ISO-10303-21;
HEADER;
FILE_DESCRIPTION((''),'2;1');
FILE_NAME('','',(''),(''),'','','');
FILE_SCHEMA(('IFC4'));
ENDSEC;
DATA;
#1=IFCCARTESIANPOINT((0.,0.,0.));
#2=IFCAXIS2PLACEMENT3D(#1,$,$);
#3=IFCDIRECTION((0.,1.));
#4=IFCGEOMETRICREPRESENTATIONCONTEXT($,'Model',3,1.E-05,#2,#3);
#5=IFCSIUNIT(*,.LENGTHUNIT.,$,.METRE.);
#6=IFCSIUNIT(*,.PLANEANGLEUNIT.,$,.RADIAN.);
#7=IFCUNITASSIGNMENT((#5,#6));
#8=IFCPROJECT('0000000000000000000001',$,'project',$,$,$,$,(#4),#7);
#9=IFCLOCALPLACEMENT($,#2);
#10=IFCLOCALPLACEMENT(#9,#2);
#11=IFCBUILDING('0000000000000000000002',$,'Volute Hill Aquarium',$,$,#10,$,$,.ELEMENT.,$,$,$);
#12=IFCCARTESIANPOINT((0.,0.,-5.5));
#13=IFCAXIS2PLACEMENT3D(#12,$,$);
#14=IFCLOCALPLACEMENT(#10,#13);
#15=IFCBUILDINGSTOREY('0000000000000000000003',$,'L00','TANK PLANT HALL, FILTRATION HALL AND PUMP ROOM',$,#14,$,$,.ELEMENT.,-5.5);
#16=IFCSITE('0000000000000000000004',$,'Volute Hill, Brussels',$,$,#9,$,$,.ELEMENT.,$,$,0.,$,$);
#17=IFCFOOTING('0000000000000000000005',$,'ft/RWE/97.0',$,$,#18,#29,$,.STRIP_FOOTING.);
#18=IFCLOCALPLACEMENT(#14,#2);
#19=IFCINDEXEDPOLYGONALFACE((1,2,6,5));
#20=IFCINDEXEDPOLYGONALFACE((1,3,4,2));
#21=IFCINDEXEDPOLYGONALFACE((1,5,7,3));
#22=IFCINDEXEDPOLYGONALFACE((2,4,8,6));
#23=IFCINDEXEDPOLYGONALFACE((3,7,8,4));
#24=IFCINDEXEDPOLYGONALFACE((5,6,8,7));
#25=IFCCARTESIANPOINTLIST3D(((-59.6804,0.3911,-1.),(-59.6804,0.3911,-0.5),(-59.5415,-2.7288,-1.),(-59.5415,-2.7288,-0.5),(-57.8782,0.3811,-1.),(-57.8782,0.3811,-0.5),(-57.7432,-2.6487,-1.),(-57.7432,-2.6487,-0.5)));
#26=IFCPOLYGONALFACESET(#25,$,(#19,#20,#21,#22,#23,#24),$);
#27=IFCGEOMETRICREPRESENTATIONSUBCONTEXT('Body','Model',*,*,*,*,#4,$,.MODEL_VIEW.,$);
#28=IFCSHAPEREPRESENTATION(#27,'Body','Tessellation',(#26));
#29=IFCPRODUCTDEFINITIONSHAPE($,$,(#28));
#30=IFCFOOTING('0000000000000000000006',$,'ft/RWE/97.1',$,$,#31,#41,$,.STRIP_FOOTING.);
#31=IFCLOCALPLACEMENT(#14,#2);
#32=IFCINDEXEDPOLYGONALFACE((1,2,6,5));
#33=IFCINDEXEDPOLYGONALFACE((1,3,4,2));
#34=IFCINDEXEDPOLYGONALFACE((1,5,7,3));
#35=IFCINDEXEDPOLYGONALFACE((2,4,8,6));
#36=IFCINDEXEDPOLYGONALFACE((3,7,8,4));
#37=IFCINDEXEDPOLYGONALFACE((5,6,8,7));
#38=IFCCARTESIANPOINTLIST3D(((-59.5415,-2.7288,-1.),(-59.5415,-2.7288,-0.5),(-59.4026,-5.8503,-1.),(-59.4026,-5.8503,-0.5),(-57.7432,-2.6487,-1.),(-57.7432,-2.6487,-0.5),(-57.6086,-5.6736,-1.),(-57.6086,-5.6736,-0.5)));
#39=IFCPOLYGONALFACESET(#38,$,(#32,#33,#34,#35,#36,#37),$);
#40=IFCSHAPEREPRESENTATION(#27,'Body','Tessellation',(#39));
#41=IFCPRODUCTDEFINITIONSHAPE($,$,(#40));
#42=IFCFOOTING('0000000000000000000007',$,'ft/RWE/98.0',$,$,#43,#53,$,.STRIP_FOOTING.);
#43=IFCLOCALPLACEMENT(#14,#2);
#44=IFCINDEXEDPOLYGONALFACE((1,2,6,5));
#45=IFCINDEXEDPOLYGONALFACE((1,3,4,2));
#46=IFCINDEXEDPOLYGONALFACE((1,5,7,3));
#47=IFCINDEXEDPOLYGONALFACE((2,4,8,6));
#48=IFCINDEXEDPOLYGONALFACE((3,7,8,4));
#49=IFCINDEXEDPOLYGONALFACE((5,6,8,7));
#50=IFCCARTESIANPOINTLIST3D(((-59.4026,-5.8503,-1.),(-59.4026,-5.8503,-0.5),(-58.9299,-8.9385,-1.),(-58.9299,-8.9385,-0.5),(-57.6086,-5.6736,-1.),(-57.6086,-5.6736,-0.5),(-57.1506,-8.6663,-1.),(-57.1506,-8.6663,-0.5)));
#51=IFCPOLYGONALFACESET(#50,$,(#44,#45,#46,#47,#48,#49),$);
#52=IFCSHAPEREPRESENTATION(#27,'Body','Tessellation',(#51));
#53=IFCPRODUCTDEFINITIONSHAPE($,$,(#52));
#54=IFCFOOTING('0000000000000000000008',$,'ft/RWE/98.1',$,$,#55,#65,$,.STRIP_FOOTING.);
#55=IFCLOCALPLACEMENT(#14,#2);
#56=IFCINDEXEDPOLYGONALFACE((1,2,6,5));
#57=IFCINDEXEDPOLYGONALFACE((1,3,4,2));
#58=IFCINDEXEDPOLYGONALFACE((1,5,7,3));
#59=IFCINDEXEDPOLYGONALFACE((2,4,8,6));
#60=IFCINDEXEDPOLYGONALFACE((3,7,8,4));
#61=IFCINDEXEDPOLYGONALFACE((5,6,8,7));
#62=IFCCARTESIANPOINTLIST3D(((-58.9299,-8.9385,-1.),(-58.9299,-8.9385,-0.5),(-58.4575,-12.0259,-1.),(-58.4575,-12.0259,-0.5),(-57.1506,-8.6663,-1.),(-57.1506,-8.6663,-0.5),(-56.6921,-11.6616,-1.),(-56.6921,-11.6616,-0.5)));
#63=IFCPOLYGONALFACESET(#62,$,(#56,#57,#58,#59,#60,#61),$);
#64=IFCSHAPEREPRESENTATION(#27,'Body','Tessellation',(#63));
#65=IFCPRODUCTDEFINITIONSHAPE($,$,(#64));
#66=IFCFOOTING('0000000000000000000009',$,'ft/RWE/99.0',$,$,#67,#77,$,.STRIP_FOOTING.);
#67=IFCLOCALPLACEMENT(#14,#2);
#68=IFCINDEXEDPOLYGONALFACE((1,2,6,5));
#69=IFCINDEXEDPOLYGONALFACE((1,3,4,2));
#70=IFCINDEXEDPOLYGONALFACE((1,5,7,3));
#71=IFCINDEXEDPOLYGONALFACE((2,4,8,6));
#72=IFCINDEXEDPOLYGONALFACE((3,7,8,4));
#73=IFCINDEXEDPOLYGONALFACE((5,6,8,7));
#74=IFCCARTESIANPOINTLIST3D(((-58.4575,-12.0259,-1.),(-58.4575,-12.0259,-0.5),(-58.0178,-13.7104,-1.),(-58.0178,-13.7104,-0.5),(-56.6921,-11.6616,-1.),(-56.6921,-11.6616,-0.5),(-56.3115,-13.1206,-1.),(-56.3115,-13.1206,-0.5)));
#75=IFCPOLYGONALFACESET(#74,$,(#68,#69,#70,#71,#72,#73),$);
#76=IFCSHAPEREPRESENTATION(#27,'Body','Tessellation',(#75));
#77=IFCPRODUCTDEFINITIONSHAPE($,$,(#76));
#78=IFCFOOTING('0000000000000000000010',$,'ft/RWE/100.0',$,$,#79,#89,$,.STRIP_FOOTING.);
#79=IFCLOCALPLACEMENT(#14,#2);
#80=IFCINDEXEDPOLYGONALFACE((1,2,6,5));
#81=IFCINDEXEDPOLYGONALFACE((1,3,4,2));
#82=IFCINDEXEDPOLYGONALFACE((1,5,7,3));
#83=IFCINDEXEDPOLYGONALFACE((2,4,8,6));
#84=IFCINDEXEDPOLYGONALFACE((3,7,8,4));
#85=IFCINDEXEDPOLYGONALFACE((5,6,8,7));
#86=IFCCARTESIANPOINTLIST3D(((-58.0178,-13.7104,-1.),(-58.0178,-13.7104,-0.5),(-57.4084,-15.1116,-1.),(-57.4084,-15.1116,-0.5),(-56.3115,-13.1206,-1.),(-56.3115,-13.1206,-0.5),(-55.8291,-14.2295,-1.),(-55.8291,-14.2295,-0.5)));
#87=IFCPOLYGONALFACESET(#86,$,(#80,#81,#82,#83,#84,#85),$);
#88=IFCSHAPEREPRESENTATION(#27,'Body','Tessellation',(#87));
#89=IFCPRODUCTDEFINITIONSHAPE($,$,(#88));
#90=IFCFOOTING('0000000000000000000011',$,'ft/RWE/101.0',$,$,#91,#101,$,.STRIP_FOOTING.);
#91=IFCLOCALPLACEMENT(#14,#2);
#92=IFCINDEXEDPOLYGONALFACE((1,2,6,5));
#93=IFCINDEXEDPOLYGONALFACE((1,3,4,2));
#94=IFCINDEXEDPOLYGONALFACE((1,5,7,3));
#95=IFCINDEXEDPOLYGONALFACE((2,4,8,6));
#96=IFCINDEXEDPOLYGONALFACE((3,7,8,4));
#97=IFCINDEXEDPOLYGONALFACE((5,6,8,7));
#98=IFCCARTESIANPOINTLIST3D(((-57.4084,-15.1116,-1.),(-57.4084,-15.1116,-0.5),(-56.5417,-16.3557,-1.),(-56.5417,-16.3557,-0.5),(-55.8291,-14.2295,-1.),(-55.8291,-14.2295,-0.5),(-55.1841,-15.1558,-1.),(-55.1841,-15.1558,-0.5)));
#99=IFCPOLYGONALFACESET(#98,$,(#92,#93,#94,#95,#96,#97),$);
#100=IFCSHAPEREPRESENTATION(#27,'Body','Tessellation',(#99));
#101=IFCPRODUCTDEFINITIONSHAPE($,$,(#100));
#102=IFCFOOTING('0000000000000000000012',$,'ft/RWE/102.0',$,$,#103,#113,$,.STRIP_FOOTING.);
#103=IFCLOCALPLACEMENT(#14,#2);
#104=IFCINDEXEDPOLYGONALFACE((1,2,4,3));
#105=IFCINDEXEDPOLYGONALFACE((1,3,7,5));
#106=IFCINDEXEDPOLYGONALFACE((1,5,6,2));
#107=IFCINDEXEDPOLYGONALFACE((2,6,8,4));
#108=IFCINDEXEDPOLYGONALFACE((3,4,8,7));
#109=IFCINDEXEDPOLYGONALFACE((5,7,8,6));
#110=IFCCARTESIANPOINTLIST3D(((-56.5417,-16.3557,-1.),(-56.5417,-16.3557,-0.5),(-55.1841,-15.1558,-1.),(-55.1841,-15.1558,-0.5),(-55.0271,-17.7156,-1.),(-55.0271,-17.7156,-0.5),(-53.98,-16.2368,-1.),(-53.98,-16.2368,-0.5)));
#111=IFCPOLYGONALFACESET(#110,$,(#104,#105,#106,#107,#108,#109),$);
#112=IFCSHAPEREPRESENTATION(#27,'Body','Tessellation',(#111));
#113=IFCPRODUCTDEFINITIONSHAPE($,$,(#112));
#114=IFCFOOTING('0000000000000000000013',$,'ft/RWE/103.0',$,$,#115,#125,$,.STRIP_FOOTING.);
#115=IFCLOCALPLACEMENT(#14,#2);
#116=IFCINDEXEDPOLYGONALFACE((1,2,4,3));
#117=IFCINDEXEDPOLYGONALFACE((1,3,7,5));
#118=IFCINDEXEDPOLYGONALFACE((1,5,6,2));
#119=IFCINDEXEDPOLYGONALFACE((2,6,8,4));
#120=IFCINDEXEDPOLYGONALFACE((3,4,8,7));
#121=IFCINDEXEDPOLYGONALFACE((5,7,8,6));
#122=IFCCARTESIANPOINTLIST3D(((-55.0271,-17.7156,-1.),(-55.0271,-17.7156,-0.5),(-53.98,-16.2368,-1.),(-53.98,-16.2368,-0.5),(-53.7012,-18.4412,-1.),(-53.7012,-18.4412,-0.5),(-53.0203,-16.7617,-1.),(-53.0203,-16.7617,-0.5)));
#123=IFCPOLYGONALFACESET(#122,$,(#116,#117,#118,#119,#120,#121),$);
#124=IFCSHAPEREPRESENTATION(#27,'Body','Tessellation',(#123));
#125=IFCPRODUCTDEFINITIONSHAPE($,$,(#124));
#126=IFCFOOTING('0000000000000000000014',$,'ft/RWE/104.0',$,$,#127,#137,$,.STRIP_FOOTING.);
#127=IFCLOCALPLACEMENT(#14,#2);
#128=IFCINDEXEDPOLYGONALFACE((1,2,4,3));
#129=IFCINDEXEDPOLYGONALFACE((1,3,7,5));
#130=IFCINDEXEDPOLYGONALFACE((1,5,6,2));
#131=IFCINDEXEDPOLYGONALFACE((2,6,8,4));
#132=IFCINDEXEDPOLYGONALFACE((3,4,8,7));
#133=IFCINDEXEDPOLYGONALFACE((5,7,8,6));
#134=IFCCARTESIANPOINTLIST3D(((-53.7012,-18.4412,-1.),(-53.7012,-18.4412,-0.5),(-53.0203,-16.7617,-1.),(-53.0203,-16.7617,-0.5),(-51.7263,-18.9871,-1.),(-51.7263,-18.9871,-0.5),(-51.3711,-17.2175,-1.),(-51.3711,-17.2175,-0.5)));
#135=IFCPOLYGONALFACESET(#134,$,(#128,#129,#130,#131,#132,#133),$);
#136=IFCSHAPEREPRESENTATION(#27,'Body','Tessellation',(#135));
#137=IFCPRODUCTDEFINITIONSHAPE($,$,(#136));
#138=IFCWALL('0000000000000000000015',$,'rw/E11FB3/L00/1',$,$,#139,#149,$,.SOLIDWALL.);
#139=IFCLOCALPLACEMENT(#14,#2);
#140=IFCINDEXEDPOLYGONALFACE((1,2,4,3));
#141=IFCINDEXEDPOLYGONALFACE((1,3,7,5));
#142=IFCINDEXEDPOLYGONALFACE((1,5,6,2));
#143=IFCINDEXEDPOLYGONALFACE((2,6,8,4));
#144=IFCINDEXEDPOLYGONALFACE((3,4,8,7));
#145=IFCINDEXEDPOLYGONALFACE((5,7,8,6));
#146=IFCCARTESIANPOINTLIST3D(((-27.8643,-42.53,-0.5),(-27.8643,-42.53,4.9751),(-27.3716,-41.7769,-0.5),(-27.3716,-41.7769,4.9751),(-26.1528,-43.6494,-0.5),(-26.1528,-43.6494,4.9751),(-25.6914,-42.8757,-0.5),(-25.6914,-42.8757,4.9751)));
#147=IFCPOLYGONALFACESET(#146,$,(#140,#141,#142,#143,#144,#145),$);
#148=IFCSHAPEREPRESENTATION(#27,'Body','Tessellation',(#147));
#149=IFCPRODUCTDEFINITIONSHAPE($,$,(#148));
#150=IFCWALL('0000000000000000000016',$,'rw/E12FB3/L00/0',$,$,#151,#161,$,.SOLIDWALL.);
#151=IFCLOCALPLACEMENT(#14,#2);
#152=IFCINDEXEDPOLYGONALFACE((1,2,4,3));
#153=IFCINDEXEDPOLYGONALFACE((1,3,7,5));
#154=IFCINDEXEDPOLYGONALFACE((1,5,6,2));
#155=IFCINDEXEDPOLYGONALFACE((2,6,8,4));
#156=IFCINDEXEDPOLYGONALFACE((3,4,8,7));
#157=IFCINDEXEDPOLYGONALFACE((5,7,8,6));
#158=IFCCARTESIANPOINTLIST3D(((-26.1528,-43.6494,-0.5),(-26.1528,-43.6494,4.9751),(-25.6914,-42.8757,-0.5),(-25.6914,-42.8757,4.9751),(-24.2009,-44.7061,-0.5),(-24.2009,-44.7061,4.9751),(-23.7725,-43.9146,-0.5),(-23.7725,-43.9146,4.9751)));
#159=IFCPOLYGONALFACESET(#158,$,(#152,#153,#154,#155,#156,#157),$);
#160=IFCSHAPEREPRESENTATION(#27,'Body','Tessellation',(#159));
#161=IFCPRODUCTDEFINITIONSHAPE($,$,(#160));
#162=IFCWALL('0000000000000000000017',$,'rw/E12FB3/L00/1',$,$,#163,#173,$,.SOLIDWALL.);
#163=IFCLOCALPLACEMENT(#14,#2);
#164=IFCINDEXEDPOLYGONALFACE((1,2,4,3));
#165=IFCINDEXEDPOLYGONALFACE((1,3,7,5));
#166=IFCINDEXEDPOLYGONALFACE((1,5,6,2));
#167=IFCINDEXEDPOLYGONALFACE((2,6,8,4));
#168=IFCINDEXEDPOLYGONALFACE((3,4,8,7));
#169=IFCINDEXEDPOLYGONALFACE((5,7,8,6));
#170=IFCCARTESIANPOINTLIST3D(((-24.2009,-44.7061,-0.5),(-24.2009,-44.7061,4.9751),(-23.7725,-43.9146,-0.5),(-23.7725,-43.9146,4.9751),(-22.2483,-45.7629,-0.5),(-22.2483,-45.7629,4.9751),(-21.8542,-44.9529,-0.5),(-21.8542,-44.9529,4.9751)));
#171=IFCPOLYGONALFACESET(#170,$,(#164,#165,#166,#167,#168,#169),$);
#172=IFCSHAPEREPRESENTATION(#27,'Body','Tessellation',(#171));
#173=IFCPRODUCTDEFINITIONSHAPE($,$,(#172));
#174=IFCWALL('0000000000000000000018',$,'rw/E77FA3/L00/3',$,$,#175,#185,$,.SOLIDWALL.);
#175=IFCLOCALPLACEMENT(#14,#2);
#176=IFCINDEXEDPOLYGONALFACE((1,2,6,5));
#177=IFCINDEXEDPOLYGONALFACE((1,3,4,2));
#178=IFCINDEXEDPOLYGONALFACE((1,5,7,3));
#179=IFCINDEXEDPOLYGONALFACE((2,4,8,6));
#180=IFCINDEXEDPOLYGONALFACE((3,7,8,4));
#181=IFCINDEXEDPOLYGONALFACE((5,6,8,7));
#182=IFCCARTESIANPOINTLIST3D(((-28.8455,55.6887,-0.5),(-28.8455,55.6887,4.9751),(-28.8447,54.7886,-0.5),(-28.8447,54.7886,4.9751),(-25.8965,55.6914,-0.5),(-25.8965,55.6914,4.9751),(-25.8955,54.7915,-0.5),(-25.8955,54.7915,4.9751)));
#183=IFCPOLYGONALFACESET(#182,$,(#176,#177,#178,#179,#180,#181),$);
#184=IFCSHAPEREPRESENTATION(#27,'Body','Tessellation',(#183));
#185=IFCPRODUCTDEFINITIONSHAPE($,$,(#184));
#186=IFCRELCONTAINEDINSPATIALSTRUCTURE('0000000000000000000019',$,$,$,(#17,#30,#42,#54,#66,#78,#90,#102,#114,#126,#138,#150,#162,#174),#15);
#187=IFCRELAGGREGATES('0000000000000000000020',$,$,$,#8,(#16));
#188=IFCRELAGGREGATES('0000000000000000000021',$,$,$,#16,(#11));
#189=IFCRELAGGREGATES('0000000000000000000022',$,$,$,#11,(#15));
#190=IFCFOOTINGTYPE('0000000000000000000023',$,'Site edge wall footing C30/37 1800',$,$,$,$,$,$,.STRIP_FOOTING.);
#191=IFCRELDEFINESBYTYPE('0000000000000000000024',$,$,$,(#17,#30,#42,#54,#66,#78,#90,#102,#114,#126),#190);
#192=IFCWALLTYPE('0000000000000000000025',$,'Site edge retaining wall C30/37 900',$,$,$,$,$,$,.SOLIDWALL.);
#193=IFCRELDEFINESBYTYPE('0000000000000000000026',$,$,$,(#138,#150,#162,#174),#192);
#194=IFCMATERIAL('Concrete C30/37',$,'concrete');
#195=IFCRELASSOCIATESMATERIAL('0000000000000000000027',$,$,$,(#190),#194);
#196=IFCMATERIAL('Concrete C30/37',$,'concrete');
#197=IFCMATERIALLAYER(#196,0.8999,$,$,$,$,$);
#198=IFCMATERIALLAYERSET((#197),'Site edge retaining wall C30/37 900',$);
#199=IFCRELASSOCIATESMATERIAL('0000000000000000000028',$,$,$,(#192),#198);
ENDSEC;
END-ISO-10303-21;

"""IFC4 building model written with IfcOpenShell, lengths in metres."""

from ifc_helpers import new_model, si_unit, direction, frame, origin, place, context, subcontext, project, spatial, polyline, outline, extrude, material, layer, layer_set, type_object, element, save


model = new_model("IFC4")

# Units and contexts
model_context = context("Model", 3, precision=1e-05, world=origin(), true_north=direction((0.0, 1.0)))
body_context = subcontext(model_context, "Body", "Model", "MODEL_VIEW")
ifc_project = project(units=[si_unit("LENGTHUNIT", "METRE"), si_unit("PLANEANGLEUNIT", "RADIAN")], contexts=[model_context])

# Site, building, storey
site_placement = place(None, origin())
site = spatial("IfcSite", under=ifc_project, at=site_placement, Name="Volute Hill, Brussels", CompositionType="ELEMENT", RefElevation=0.0)
building_placement = place(site_placement, origin())
building = spatial("IfcBuilding", under=site, at=building_placement, Name="Volute Hill Aquarium", CompositionType="ELEMENT")
storey_placement = place(building_placement, frame((0.0, 0.0, -5.5)))
storey = spatial("IfcBuildingStorey", under=building, at=storey_placement, Name="L00", Description="TANK PLANT HALL, FILTRATION HALL AND PUMP ROOM", CompositionType="ELEMENT", Elevation=-5.5)

# Footings
ifc_material_1 = material(Name="Concrete C30/37", Category="concrete")
footing_type = type_object("IfcFootingType", Name="Site edge wall footing C30/37 1800", PredefinedType="STRIP_FOOTING", material=ifc_material_1)
footing_1_placement = place(storey_placement, frame((0.0, 0.0, -1.0)))
element("IfcFooting", 1, at=footing_1_placement, inside=storey, type_object=footing_type, Name="ft/RWE/97.0", PredefinedType="STRIP_FOOTING", context=body_context, shape_type="SweptSolid", body=[
    extrude(outline(polyline([(-59.6804, 0.3911), (-59.5415, -2.7288), (-57.7432, -2.6487), (-57.8782, 0.3811), (-59.6804, 0.3911), (-59.6804, 0.3911)])), origin(), (0.0, 0.0, 1.0), 0.5),
])
footing_2_placement = place(storey_placement, frame((0.0, 0.0, -1.0)))
element("IfcFooting", 2, at=footing_2_placement, inside=storey, type_object=footing_type, Name="ft/RWE/97.1", PredefinedType="STRIP_FOOTING", context=body_context, shape_type="SweptSolid", body=[
    extrude(outline(polyline([(-59.4026, -5.8503), (-59.4026, -5.8503), (-57.6086, -5.6736), (-57.7432, -2.6487), (-59.5415, -2.7288), (-59.4026, -5.8503)])), origin(), (0.0, 0.0, 1.0), 0.5),
])
footing_3_placement = place(storey_placement, frame((0.0, 0.0, -1.0)))
element("IfcFooting", 3, at=footing_3_placement, inside=storey, type_object=footing_type, Name="ft/RWE/98.0", PredefinedType="STRIP_FOOTING", context=body_context, shape_type="SweptSolid", body=[
    extrude(outline(polyline([(-59.4026, -5.8503), (-58.9299, -8.9385), (-57.1506, -8.6663), (-57.6086, -5.6736), (-57.6086, -5.6736), (-59.4026, -5.8503)])), origin(), (0.0, 0.0, 1.0), 0.5),
])
footing_4_placement = place(storey_placement, frame((0.0, 0.0, -1.0)))
element("IfcFooting", 4, at=footing_4_placement, inside=storey, type_object=footing_type, Name="ft/RWE/98.1", PredefinedType="STRIP_FOOTING", context=body_context, shape_type="SweptSolid", body=[
    extrude(outline(polyline([(-58.4575, -12.0259), (-58.4575, -12.0259), (-56.6921, -11.6616), (-56.6921, -11.6616), (-57.1506, -8.6663), (-58.9299, -8.9385), (-58.4575, -12.0259)])), origin(), (0.0, 0.0, 1.0), 0.5),
])
footing_5_placement = place(storey_placement, frame((0.0, 0.0, -1.0)))
element("IfcFooting", 5, at=footing_5_placement, inside=storey, type_object=footing_type, Name="ft/RWE/99.0", PredefinedType="STRIP_FOOTING", context=body_context, shape_type="SweptSolid", body=[
    extrude(outline(polyline([(-58.4575, -12.0259), (-58.0178, -13.7104), (-56.3115, -13.1206), (-56.6921, -11.6616), (-58.4575, -12.0259)])), origin(), (0.0, 0.0, 1.0), 0.5),
])
footing_6_placement = place(storey_placement, frame((0.0, 0.0, -1.0)))
element("IfcFooting", 6, at=footing_6_placement, inside=storey, type_object=footing_type, Name="ft/RWE/100.0", PredefinedType="STRIP_FOOTING", context=body_context, shape_type="SweptSolid", body=[
    extrude(outline(polyline([(-58.0178, -13.7104), (-57.4084, -15.1116), (-55.8291, -14.2295), (-56.3115, -13.1206), (-56.3115, -13.1206), (-58.0178, -13.7104), (-58.0178, -13.7104)])), origin(), (0.0, 0.0, 1.0), 0.5),
])
footing_7_placement = place(storey_placement, frame((0.0, 0.0, -1.0)))
element("IfcFooting", 7, at=footing_7_placement, inside=storey, type_object=footing_type, Name="ft/RWE/101.0", PredefinedType="STRIP_FOOTING", context=body_context, shape_type="SweptSolid", body=[
    extrude(outline(polyline([(-56.5417, -16.3557), (-56.5417, -16.3557), (-55.1841, -15.1558), (-55.1841, -15.1558), (-55.8291, -14.2295), (-55.8291, -14.2295), (-57.4084, -15.1116), (-57.4084, -15.1116), (-56.5417, -16.3557)])), origin(), (0.0, 0.0, 1.0), 0.5),
])
footing_8_placement = place(storey_placement, frame((0.0, 0.0, -1.0)))
element("IfcFooting", 8, at=footing_8_placement, inside=storey, type_object=footing_type, Name="ft/RWE/102.0", PredefinedType="STRIP_FOOTING", context=body_context, shape_type="SweptSolid", body=[
    extrude(outline(polyline([(-56.5417, -16.3557), (-55.0271, -17.7156), (-53.98, -16.2368), (-55.1841, -15.1558), (-56.5417, -16.3557)])), origin(), (0.0, 0.0, 1.0), 0.5),
])
footing_9_placement = place(storey_placement, frame((0.0, 0.0, -1.0)))
element("IfcFooting", 9, at=footing_9_placement, inside=storey, type_object=footing_type, Name="ft/RWE/103.0", PredefinedType="STRIP_FOOTING", context=body_context, shape_type="SweptSolid", body=[
    extrude(outline(polyline([(-55.0271, -17.7156), (-53.7012, -18.4412), (-53.7012, -18.4412), (-53.0203, -16.7617), (-53.0203, -16.7617), (-53.98, -16.2368), (-53.98, -16.2368), (-55.0271, -17.7156), (-55.0271, -17.7156)])), origin(), (0.0, 0.0, 1.0), 0.5),
])
footing_10_placement = place(storey_placement, frame((0.0, 0.0, -1.0)))
element("IfcFooting", 10, at=footing_10_placement, inside=storey, type_object=footing_type, Name="ft/RWE/104.0", PredefinedType="STRIP_FOOTING", context=body_context, shape_type="SweptSolid", body=[
    extrude(outline(polyline([(-53.7012, -18.4412), (-51.7263, -18.9871), (-51.3711, -17.2175), (-53.0203, -16.7617), (-53.7012, -18.4412)])), origin(), (0.0, 0.0, 1.0), 0.5),
])

# Walls
ifc_material_2 = material(Name="Concrete C30/37", Category="concrete")
ifc_layer = layer(ifc_material_2, 0.8999)
ifc_layer_set = layer_set([ifc_layer], Name="Site edge retaining wall C30/37 900")
wall_type = type_object("IfcWallType", Name="Site edge retaining wall C30/37 900", PredefinedType="SOLIDWALL", material=ifc_layer_set)
wall_1_placement = place(storey_placement, frame((0.0, 0.0, -0.5)))
element("IfcWall", 11, at=wall_1_placement, inside=storey, type_object=wall_type, Name="rw/E11FB3/L00/1", PredefinedType="SOLIDWALL", context=body_context, shape_type="SweptSolid", body=[
    extrude(outline(polyline([(-26.1528, -43.6494), (-26.1528, -43.6494), (-25.6914, -42.8757), (-27.3716, -41.7769), (-27.8643, -42.53), (-26.1528, -43.6494)])), origin(), (0.0, 0.0, 1.0), 5.4751),
])
wall_2_placement = place(storey_placement, frame((0.0, 0.0, -0.5)))
element("IfcWall", 12, at=wall_2_placement, inside=storey, type_object=wall_type, Name="rw/E12FB3/L00/0", PredefinedType="SOLIDWALL", context=body_context, shape_type="SweptSolid", body=[
    extrude(outline(polyline([(-26.1528, -43.6494), (-24.2009, -44.7061), (-23.7725, -43.9146), (-25.6914, -42.8757), (-25.6914, -42.8757), (-26.1528, -43.6494)])), origin(), (0.0, 0.0, 1.0), 5.4751),
])
wall_3_placement = place(storey_placement, frame((0.0, 0.0, -0.5)))
element("IfcWall", 13, at=wall_3_placement, inside=storey, type_object=wall_type, Name="rw/E12FB3/L00/1", PredefinedType="SOLIDWALL", context=body_context, shape_type="SweptSolid", body=[
    extrude(outline(polyline([(-22.2483, -45.7629), (-22.2483, -45.7629), (-21.8542, -44.9529), (-21.8542, -44.9529), (-23.7725, -43.9146), (-24.2009, -44.7061), (-22.2483, -45.7629)])), origin(), (0.0, 0.0, 1.0), 5.4751),
])
wall_4_placement = place(storey_placement, frame((0.0, 0.0, -0.5)))
element("IfcWall", 14, at=wall_4_placement, inside=storey, type_object=wall_type, Name="rw/E77FA3/L00/3", PredefinedType="SOLIDWALL", context=body_context, shape_type="SweptSolid", body=[
    extrude(outline(polyline([(-25.8965, 55.6914), (-28.8455, 55.6887), (-28.8447, 54.7886), (-25.8955, 54.7915), (-25.8965, 55.6914)])), origin(), (0.0, 0.0, 1.0), 5.4751),
])

save(model, "model.ifc")
